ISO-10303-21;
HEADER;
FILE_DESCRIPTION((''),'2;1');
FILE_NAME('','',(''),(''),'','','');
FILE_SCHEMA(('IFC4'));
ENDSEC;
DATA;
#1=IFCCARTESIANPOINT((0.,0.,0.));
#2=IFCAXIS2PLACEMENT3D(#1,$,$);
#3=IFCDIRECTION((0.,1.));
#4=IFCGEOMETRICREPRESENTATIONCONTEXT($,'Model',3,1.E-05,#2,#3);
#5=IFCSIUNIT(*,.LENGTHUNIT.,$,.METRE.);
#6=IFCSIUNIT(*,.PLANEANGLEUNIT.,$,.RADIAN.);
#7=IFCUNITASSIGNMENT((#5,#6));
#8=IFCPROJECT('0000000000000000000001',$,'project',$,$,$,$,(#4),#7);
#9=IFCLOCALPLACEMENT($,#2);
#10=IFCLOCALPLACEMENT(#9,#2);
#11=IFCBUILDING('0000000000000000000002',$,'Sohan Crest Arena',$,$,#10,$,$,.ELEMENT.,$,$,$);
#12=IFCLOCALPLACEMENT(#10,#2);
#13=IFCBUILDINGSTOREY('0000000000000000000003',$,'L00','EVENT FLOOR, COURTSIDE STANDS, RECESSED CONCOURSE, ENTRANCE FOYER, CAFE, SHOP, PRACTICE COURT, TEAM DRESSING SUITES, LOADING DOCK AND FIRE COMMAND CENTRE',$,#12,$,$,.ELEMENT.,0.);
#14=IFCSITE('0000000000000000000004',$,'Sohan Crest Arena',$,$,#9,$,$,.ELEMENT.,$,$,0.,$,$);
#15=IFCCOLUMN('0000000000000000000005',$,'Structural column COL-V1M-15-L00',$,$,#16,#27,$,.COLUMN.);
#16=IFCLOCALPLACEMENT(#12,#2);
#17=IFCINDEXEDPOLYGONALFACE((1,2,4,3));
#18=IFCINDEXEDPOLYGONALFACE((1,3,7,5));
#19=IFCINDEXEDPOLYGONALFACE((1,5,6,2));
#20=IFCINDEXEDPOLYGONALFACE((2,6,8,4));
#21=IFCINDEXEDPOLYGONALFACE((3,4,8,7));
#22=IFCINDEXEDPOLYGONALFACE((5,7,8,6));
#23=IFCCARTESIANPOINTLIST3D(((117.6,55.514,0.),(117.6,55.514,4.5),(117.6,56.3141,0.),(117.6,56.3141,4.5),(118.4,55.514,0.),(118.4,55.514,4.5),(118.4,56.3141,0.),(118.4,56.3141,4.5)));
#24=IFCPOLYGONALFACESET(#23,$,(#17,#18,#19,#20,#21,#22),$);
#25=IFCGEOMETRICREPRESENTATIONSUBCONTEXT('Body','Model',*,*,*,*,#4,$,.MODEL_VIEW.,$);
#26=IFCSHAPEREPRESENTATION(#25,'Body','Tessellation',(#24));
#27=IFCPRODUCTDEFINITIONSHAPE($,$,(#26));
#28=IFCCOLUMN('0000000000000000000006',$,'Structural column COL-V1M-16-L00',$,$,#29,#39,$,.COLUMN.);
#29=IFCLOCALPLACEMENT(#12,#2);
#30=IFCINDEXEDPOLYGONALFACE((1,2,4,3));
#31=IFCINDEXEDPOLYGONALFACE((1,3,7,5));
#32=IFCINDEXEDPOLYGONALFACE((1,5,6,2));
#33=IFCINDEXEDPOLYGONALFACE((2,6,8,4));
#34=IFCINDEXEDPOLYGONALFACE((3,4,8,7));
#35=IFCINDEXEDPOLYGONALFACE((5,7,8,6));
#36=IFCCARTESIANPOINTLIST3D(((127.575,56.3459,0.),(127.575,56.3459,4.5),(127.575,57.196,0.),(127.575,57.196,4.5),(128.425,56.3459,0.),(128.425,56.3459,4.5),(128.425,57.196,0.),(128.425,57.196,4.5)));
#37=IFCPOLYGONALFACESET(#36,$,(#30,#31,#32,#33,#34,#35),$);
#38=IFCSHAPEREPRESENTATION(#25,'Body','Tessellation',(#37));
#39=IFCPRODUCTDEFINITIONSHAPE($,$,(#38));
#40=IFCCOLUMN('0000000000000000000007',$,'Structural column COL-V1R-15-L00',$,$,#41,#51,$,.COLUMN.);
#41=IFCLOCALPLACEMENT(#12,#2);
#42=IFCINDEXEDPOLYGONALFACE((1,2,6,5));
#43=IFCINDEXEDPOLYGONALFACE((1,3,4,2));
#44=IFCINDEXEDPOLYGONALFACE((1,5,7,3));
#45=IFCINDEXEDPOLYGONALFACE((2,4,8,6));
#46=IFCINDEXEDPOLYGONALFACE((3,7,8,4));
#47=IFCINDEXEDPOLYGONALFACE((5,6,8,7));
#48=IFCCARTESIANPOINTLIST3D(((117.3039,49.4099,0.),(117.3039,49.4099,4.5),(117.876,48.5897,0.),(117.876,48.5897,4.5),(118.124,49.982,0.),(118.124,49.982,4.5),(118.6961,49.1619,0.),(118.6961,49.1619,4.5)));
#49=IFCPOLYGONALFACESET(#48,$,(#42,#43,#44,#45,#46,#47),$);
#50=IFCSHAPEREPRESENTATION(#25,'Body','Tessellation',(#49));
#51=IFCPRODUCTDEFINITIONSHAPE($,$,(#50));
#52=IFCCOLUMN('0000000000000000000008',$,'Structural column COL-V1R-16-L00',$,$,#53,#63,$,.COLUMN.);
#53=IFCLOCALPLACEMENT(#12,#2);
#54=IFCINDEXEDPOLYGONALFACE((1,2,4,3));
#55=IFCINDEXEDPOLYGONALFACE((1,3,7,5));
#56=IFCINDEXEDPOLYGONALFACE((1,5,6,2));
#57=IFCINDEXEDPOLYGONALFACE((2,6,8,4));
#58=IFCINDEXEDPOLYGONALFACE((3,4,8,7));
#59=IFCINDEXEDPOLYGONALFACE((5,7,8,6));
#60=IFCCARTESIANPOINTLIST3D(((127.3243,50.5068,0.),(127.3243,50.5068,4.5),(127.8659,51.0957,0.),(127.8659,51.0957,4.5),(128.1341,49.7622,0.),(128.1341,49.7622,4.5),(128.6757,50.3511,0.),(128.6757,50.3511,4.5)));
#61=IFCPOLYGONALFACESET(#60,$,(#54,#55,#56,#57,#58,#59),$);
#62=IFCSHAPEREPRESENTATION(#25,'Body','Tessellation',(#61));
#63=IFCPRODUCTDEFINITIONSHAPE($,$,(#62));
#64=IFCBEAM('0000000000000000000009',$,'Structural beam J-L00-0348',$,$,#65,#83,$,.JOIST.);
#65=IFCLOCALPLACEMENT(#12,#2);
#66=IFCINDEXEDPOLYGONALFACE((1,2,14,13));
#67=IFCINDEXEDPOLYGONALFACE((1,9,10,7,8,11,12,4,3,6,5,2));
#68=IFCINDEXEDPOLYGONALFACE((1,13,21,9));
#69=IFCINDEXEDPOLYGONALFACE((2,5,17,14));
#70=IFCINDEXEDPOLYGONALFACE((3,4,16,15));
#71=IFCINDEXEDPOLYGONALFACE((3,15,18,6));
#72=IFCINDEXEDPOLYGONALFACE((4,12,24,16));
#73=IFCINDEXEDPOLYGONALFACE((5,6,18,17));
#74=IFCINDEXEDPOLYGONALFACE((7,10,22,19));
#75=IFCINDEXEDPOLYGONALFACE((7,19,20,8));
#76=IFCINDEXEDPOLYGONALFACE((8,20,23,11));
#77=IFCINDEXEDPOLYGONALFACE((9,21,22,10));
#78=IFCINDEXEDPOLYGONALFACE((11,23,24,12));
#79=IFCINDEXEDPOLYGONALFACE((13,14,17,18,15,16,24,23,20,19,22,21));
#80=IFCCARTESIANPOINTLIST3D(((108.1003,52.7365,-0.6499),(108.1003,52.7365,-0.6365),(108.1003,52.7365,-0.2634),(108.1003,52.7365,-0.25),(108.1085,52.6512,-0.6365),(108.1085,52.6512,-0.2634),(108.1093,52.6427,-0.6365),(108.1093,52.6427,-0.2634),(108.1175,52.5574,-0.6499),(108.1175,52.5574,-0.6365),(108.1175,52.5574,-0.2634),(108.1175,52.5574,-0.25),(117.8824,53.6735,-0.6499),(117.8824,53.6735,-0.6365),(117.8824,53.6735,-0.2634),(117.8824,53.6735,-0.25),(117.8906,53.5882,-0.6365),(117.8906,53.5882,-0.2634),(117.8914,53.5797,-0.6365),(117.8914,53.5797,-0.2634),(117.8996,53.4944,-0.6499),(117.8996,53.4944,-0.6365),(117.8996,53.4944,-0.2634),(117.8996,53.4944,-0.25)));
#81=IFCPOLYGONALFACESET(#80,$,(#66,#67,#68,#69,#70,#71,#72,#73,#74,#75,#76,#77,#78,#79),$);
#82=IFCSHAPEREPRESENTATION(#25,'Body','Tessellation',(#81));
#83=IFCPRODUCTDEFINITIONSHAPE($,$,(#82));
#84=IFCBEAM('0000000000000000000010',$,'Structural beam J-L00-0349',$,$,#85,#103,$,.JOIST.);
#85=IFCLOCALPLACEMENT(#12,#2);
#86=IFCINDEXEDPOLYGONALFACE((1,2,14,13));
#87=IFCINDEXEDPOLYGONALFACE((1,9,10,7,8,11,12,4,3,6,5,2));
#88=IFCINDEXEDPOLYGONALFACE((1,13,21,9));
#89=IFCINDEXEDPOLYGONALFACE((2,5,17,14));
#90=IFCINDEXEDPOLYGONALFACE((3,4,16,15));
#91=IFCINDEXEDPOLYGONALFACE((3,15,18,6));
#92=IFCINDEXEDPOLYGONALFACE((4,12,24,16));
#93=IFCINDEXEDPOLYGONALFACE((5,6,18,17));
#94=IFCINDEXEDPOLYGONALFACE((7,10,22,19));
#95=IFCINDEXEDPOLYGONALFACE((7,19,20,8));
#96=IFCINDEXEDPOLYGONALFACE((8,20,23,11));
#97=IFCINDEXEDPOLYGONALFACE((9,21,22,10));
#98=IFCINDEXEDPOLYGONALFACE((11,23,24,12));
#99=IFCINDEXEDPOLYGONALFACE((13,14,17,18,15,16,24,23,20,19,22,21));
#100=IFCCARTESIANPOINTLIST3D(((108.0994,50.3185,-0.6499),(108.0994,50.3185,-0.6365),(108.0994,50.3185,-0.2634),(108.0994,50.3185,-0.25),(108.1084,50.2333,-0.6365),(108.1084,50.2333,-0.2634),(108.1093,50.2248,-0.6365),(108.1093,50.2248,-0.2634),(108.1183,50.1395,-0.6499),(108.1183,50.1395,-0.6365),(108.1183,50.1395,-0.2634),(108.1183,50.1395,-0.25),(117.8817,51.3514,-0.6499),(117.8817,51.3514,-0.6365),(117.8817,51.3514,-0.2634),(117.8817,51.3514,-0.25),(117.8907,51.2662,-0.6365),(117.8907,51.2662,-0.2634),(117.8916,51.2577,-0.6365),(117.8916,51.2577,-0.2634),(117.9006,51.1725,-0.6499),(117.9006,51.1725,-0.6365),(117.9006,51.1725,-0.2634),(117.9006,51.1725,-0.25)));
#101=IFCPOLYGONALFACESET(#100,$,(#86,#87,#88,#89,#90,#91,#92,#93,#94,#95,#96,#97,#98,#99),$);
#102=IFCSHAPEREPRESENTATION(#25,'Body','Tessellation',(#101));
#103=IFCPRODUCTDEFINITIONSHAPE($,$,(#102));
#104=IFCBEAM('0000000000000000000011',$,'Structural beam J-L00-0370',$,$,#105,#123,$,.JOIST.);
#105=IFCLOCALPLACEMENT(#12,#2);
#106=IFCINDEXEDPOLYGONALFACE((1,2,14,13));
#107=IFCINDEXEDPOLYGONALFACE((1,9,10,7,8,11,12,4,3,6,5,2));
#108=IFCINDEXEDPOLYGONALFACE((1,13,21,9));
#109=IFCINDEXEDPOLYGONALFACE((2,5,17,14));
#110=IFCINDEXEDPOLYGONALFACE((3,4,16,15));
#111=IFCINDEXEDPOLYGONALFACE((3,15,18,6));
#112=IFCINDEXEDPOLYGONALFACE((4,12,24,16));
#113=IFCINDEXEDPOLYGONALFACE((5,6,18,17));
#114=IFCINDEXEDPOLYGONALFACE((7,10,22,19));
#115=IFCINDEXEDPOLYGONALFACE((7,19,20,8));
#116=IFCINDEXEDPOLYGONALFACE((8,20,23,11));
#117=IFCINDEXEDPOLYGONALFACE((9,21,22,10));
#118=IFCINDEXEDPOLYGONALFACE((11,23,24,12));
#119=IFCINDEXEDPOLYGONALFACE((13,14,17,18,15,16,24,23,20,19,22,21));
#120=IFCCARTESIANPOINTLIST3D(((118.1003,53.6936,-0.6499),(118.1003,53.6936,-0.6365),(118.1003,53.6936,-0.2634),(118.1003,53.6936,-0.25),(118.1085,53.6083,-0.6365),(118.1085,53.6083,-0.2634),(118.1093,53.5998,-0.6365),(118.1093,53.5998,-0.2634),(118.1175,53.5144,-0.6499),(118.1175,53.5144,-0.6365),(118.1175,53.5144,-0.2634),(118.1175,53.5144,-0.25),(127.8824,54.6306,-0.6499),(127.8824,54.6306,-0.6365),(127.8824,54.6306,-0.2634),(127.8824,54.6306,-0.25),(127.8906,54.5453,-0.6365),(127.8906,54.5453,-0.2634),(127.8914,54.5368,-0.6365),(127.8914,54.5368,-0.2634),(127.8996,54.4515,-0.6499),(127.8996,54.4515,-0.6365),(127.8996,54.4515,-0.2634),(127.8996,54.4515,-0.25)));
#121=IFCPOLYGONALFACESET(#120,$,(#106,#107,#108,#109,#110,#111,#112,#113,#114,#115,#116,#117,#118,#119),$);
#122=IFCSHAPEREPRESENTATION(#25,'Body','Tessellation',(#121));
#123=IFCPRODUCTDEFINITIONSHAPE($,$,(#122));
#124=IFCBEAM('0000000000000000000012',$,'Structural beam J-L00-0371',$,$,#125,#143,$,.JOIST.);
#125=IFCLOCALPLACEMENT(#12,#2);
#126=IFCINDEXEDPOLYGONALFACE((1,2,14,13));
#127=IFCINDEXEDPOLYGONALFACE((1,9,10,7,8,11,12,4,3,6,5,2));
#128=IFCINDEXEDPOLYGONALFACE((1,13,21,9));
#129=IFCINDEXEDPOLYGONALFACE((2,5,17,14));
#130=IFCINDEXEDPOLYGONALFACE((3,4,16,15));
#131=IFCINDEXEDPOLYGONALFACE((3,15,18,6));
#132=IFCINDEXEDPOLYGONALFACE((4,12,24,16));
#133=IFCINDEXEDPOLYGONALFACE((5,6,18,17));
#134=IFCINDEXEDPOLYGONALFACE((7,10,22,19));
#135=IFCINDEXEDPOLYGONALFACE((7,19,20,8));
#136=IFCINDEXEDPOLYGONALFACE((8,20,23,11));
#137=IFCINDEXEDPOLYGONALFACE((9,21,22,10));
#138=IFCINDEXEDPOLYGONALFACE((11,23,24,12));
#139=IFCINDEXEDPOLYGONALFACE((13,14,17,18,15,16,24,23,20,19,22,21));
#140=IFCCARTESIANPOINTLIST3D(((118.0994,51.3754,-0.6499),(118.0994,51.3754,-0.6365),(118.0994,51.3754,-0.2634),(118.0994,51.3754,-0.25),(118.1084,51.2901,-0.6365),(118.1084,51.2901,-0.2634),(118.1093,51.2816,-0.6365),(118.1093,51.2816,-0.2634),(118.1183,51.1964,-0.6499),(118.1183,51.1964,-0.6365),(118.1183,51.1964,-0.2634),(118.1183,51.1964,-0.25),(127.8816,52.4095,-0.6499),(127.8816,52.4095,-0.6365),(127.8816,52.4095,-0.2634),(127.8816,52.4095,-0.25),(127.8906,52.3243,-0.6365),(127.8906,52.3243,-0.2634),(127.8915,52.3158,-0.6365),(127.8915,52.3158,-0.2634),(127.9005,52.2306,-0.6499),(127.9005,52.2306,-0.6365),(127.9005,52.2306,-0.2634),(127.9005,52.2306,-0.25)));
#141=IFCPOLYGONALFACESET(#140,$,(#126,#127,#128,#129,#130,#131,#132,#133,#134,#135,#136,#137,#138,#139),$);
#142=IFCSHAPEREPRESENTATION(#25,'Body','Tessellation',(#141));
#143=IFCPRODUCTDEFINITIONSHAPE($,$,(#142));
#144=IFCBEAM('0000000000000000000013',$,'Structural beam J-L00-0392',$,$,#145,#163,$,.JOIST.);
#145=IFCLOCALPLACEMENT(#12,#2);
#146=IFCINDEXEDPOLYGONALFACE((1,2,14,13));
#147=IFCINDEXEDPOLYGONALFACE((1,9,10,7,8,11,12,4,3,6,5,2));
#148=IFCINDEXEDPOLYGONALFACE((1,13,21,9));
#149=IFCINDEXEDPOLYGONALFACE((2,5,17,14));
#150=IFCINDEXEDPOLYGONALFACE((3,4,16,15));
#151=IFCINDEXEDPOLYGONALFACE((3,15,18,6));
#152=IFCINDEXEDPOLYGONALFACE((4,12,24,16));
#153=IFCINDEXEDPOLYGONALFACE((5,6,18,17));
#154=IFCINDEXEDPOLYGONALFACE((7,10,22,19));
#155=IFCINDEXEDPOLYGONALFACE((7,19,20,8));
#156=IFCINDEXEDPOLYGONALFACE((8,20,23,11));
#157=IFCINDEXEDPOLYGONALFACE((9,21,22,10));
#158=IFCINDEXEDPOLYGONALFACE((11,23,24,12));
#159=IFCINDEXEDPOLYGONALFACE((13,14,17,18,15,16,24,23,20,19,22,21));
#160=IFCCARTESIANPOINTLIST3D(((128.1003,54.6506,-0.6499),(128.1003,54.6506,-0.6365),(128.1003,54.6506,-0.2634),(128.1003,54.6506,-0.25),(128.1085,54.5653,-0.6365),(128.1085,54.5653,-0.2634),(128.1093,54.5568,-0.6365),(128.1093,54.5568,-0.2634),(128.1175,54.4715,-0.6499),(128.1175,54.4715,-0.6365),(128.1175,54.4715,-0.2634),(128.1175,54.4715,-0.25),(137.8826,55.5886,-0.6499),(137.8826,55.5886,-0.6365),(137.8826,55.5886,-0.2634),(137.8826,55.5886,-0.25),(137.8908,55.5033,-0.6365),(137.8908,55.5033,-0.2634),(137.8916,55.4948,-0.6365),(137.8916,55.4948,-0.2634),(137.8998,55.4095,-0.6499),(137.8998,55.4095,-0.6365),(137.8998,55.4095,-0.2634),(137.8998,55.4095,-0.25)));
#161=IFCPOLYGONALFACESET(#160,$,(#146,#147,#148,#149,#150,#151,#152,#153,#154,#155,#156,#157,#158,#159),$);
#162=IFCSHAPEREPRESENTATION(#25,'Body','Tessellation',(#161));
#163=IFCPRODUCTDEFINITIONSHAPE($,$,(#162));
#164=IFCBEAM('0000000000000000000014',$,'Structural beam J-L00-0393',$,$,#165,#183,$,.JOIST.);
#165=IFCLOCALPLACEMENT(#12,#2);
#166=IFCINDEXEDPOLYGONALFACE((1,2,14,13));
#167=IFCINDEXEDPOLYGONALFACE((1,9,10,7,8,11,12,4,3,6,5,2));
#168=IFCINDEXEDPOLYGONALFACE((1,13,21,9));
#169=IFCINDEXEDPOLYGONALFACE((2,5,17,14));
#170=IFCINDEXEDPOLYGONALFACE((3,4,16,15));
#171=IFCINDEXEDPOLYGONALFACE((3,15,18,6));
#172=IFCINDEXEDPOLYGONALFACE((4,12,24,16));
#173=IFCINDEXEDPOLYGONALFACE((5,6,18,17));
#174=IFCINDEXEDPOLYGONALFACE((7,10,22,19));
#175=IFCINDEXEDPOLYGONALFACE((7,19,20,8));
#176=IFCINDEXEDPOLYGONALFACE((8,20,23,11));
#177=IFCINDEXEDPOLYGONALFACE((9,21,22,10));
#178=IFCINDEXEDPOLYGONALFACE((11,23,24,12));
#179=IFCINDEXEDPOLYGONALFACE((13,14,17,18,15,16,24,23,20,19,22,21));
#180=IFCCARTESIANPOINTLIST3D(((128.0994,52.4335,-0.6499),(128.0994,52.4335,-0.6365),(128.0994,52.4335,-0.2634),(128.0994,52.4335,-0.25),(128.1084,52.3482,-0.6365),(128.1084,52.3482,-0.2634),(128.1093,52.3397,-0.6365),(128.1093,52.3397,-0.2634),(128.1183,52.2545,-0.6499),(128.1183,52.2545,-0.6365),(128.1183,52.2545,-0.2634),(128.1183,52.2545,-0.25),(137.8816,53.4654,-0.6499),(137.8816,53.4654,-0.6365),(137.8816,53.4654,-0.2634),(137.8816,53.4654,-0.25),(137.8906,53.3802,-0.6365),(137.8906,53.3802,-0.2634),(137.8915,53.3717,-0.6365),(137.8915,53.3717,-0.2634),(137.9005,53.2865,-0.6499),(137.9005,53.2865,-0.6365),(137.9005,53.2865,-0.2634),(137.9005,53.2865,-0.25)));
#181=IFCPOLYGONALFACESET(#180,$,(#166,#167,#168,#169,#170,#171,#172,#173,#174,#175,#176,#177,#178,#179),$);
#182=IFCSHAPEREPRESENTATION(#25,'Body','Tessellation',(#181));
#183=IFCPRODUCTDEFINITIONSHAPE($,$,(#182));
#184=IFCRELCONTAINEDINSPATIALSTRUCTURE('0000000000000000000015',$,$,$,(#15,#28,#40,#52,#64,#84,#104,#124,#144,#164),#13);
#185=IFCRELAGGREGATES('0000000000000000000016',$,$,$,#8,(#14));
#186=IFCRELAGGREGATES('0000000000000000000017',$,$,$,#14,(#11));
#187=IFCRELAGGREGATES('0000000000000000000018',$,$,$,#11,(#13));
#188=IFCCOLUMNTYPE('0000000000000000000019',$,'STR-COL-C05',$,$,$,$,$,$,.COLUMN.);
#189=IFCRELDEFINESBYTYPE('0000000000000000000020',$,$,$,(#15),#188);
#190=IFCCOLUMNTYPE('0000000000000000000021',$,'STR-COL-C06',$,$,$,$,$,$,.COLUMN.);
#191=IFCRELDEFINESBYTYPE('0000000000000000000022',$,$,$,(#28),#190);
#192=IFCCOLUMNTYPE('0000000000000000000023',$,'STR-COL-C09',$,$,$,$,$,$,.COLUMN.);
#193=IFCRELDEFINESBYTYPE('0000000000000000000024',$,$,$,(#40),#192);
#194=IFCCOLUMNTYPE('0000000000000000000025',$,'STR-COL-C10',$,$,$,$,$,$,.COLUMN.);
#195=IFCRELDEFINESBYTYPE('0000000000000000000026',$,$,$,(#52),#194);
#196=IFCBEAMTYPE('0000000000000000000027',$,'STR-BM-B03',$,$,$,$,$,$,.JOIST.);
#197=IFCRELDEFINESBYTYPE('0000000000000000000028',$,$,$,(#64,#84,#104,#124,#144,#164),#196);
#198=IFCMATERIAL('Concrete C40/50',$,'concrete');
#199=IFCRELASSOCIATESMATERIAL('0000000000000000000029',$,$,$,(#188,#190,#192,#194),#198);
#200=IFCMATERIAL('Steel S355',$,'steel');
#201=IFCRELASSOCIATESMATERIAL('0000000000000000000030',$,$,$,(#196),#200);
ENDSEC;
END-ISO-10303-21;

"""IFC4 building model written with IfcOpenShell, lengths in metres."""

from ifc_helpers import new_model, si_unit, direction, frame, origin, origin_2d, place, context, subcontext, project, spatial, rectangle, i_section, extrude, material, material_profile, profile_set, type_object, element, save


model = new_model("IFC4")

# Units and contexts
model_context = context("Model", 3, precision=1e-05, world=origin(), true_north=direction((0.0, 1.0)))
body_context = subcontext(model_context, "Body", "Model", "MODEL_VIEW")
ifc_project = project(units=[si_unit("LENGTHUNIT", "METRE"), si_unit("PLANEANGLEUNIT", "RADIAN")], contexts=[model_context])

# Site, building, storey
site_placement = place(None, origin())
site = spatial("IfcSite", under=ifc_project, at=site_placement, Name="Sohan Crest Arena", CompositionType="ELEMENT", RefElevation=0.0)
building_placement = place(site_placement, origin())
building = spatial("IfcBuilding", under=site, at=building_placement, Name="Sohan Crest Arena", CompositionType="ELEMENT")
storey_placement = place(building_placement, origin())
storey = spatial("IfcBuildingStorey", under=building, at=storey_placement, Name="L00", Description="EVENT FLOOR, COURTSIDE STANDS, RECESSED CONCOURSE, ENTRANCE FOYER, CAFE, SHOP, PRACTICE COURT, TEAM DRESSING SUITES, LOADING DOCK AND FIRE COMMAND CENTRE", CompositionType="ELEMENT", Elevation=0.0)

# Columns
ifc_material_1 = material(Name="Concrete C40/50", Category="concrete")
ifc_material_profile_1 = material_profile(ifc_material_1, rectangle(XDim=0.8, YDim=0.8, at=origin_2d()), Name="RC 800x800")
ifc_profile_set_1 = profile_set([ifc_material_profile_1], Name="Concrete C40/50")
column_type_1 = type_object("IfcColumnType", Name="STR-COL-C05", PredefinedType="COLUMN", material=ifc_profile_set_1)
column_1_placement = place(storey_placement, frame((118.0, 55.9141, 0.0), z_axis=(0.0, 0.0, 1.0), x_axis=(1.0, 0.0, 0.0)))
element("IfcColumn", 1, at=column_1_placement, inside=storey, type_object=column_type_1, Name="Structural column COL-V1M-15-L00", PredefinedType="COLUMN", context=body_context, shape_type="SweptSolid", body=[
    extrude(rectangle(XDim=0.8, YDim=0.8, at=origin_2d()), origin(), (0.0, 0.0, 1.0), 4.5),
])
ifc_material_profile_2 = material_profile(ifc_material_1, rectangle(XDim=0.8501, YDim=0.8501, at=origin_2d()), Name="RC 850x850")
ifc_profile_set_2 = profile_set([ifc_material_profile_2], Name="Concrete C40/50")
column_type_2 = type_object("IfcColumnType", Name="STR-COL-C06", PredefinedType="COLUMN", material=ifc_profile_set_2)
column_2_placement = place(storey_placement, frame((128.0, 56.771, 0.0), z_axis=(0.0, 0.0, 1.0), x_axis=(1.0, 0.0, 0.0)))
element("IfcColumn", 2, at=column_2_placement, inside=storey, type_object=column_type_2, Name="Structural column COL-V1M-16-L00", PredefinedType="COLUMN", context=body_context, shape_type="SweptSolid", body=[
    extrude(rectangle(XDim=0.8501, YDim=0.8501, at=origin_2d()), origin(), (0.0, 0.0, 1.0), 4.5),
])
ifc_material_profile_3 = material_profile(ifc_material_1, rectangle(XDim=1.0, YDim=1.0, at=origin_2d()), Name="RC 1000x1000")
ifc_profile_set_3 = profile_set([ifc_material_profile_3], Name="Concrete C40/50")
column_type_3 = type_object("IfcColumnType", Name="STR-COL-C09", PredefinedType="COLUMN", material=ifc_profile_set_3)
column_3_placement = place(storey_placement, frame((118.0, 49.2859, 0.0), z_axis=(0.0, 0.0, 1.0), x_axis=(-0.572146, 0.820152, 0.0)))
element("IfcColumn", 3, at=column_3_placement, inside=storey, type_object=column_type_3, Name="Structural column COL-V1R-15-L00", PredefinedType="COLUMN", context=body_context, shape_type="SweptSolid", body=[
    extrude(rectangle(XDim=1.0, YDim=1.0, at=origin_2d()), origin(), (0.0, 0.0, 1.0), 4.5),
])
ifc_material_profile_4 = material_profile(ifc_material_1, rectangle(XDim=1.1001, YDim=0.8, at=origin_2d()), Name="RC 1100x800")
ifc_profile_set_4 = profile_set([ifc_material_profile_4], Name="Concrete C40/50")
column_type_4 = type_object("IfcColumnType", Name="STR-COL-C10", PredefinedType="COLUMN", material=ifc_profile_set_4)
column_4_placement = place(storey_placement, frame((128.0, 50.429, 0.0), z_axis=(0.0, 0.0, 1.0), x_axis=(-0.736097, 0.676876, 0.0)))
element("IfcColumn", 4, at=column_4_placement, inside=storey, type_object=column_type_4, Name="Structural column COL-V1R-16-L00", PredefinedType="COLUMN", context=body_context, shape_type="SweptSolid", body=[
    extrude(rectangle(XDim=1.1001, YDim=0.8, at=origin_2d()), origin(), (0.0, 0.0, 1.0), 4.5),
])

# Beams
ifc_material_2 = material(Name="Steel S355", Category="steel")
ifc_material_profile_5 = material_profile(ifc_material_2, i_section(OverallWidth=0.1799, OverallDepth=0.3999, WebThickness=0.0085, FlangeThickness=0.0134, at=origin_2d()), Name="IPE 400")
ifc_profile_set_5 = profile_set([ifc_material_profile_5], Name="Steel S355")
beam_type_1 = type_object("IfcBeamType", Name="STR-BM-B03", PredefinedType="JOIST", material=ifc_profile_set_5)
beam_1_placement = place(storey_placement, frame((108.1089, 52.647, -0.45), z_axis=(0.995444, 0.095351, 0.0), x_axis=(-0.095351, 0.995444, 0.0)))
element("IfcBeam", 5, at=beam_1_placement, inside=storey, type_object=beam_type_1, Name="Structural beam J-L00-0348", PredefinedType="JOIST", context=body_context, shape_type="SweptSolid", body=[
    extrude(i_section(OverallWidth=0.1799, OverallDepth=0.3999, WebThickness=0.0085, FlangeThickness=0.0134, at=origin_2d()), origin(), (0.0, 0.0, 1.0), 9.8269),
])
beam_2_placement = place(storey_placement, frame((108.1089, 50.229, -0.45), z_axis=(0.994471, 0.105012, 0.0), x_axis=(-0.105012, 0.994471, 0.0)))
element("IfcBeam", 6, at=beam_2_placement, inside=storey, type_object=beam_type_1, Name="Structural beam J-L00-0349", PredefinedType="JOIST", context=body_context, shape_type="SweptSolid", body=[
    extrude(i_section(OverallWidth=0.1799, OverallDepth=0.3999, WebThickness=0.0085, FlangeThickness=0.0134, at=origin_2d()), origin(), (0.0, 0.0, 1.0), 9.8367),
])
beam_3_placement = place(storey_placement, frame((118.1089, 53.604, -0.45), z_axis=(0.995444, 0.095351, 0.0), x_axis=(-0.095351, 0.995444, 0.0)))
element("IfcBeam", 7, at=beam_3_placement, inside=storey, type_object=beam_type_1, Name="Structural beam J-L00-0370", PredefinedType="JOIST", context=body_context, shape_type="SweptSolid", body=[
    extrude(i_section(OverallWidth=0.1799, OverallDepth=0.3999, WebThickness=0.0085, FlangeThickness=0.0134, at=origin_2d()), origin(), (0.0, 0.0, 1.0), 9.8269),
])
beam_4_placement = place(storey_placement, frame((118.1089, 51.2859, -0.45), z_axis=(0.994458, 0.105134, 0.0), x_axis=(-0.105134, 0.994458, 0.0)))
element("IfcBeam", 8, at=beam_4_placement, inside=storey, type_object=beam_type_1, Name="Structural beam J-L00-0371", PredefinedType="JOIST", context=body_context, shape_type="SweptSolid", body=[
    extrude(i_section(OverallWidth=0.1799, OverallDepth=0.3999, WebThickness=0.0085, FlangeThickness=0.0134, at=origin_2d()), origin(), (0.0, 0.0, 1.0), 9.8367),
])
beam_5_placement = place(storey_placement, frame((128.1089, 54.561, -0.45), z_axis=(0.995434, 0.095449, 0.0), x_axis=(-0.095449, 0.995434, 0.0)))
element("IfcBeam", 9, at=beam_5_placement, inside=storey, type_object=beam_type_1, Name="Structural beam J-L00-0392", PredefinedType="JOIST", context=body_context, shape_type="SweptSolid", body=[
    extrude(i_section(OverallWidth=0.1799, OverallDepth=0.3999, WebThickness=0.0085, FlangeThickness=0.0134, at=origin_2d()), origin(), (0.0, 0.0, 1.0), 9.8271),
])
beam_6_placement = place(storey_placement, frame((128.1089, 52.344, -0.45), z_axis=(0.994481, 0.104913, 0.0), x_axis=(-0.104913, 0.994481, 0.0)))
element("IfcBeam", 10, at=beam_6_placement, inside=storey, type_object=beam_type_1, Name="Structural beam J-L00-0393", PredefinedType="JOIST", context=body_context, shape_type="SweptSolid", body=[
    extrude(i_section(OverallWidth=0.1799, OverallDepth=0.3999, WebThickness=0.0085, FlangeThickness=0.0134, at=origin_2d()), origin(), (0.0, 0.0, 1.0), 9.8364),
])

save(model, "model.ifc")
